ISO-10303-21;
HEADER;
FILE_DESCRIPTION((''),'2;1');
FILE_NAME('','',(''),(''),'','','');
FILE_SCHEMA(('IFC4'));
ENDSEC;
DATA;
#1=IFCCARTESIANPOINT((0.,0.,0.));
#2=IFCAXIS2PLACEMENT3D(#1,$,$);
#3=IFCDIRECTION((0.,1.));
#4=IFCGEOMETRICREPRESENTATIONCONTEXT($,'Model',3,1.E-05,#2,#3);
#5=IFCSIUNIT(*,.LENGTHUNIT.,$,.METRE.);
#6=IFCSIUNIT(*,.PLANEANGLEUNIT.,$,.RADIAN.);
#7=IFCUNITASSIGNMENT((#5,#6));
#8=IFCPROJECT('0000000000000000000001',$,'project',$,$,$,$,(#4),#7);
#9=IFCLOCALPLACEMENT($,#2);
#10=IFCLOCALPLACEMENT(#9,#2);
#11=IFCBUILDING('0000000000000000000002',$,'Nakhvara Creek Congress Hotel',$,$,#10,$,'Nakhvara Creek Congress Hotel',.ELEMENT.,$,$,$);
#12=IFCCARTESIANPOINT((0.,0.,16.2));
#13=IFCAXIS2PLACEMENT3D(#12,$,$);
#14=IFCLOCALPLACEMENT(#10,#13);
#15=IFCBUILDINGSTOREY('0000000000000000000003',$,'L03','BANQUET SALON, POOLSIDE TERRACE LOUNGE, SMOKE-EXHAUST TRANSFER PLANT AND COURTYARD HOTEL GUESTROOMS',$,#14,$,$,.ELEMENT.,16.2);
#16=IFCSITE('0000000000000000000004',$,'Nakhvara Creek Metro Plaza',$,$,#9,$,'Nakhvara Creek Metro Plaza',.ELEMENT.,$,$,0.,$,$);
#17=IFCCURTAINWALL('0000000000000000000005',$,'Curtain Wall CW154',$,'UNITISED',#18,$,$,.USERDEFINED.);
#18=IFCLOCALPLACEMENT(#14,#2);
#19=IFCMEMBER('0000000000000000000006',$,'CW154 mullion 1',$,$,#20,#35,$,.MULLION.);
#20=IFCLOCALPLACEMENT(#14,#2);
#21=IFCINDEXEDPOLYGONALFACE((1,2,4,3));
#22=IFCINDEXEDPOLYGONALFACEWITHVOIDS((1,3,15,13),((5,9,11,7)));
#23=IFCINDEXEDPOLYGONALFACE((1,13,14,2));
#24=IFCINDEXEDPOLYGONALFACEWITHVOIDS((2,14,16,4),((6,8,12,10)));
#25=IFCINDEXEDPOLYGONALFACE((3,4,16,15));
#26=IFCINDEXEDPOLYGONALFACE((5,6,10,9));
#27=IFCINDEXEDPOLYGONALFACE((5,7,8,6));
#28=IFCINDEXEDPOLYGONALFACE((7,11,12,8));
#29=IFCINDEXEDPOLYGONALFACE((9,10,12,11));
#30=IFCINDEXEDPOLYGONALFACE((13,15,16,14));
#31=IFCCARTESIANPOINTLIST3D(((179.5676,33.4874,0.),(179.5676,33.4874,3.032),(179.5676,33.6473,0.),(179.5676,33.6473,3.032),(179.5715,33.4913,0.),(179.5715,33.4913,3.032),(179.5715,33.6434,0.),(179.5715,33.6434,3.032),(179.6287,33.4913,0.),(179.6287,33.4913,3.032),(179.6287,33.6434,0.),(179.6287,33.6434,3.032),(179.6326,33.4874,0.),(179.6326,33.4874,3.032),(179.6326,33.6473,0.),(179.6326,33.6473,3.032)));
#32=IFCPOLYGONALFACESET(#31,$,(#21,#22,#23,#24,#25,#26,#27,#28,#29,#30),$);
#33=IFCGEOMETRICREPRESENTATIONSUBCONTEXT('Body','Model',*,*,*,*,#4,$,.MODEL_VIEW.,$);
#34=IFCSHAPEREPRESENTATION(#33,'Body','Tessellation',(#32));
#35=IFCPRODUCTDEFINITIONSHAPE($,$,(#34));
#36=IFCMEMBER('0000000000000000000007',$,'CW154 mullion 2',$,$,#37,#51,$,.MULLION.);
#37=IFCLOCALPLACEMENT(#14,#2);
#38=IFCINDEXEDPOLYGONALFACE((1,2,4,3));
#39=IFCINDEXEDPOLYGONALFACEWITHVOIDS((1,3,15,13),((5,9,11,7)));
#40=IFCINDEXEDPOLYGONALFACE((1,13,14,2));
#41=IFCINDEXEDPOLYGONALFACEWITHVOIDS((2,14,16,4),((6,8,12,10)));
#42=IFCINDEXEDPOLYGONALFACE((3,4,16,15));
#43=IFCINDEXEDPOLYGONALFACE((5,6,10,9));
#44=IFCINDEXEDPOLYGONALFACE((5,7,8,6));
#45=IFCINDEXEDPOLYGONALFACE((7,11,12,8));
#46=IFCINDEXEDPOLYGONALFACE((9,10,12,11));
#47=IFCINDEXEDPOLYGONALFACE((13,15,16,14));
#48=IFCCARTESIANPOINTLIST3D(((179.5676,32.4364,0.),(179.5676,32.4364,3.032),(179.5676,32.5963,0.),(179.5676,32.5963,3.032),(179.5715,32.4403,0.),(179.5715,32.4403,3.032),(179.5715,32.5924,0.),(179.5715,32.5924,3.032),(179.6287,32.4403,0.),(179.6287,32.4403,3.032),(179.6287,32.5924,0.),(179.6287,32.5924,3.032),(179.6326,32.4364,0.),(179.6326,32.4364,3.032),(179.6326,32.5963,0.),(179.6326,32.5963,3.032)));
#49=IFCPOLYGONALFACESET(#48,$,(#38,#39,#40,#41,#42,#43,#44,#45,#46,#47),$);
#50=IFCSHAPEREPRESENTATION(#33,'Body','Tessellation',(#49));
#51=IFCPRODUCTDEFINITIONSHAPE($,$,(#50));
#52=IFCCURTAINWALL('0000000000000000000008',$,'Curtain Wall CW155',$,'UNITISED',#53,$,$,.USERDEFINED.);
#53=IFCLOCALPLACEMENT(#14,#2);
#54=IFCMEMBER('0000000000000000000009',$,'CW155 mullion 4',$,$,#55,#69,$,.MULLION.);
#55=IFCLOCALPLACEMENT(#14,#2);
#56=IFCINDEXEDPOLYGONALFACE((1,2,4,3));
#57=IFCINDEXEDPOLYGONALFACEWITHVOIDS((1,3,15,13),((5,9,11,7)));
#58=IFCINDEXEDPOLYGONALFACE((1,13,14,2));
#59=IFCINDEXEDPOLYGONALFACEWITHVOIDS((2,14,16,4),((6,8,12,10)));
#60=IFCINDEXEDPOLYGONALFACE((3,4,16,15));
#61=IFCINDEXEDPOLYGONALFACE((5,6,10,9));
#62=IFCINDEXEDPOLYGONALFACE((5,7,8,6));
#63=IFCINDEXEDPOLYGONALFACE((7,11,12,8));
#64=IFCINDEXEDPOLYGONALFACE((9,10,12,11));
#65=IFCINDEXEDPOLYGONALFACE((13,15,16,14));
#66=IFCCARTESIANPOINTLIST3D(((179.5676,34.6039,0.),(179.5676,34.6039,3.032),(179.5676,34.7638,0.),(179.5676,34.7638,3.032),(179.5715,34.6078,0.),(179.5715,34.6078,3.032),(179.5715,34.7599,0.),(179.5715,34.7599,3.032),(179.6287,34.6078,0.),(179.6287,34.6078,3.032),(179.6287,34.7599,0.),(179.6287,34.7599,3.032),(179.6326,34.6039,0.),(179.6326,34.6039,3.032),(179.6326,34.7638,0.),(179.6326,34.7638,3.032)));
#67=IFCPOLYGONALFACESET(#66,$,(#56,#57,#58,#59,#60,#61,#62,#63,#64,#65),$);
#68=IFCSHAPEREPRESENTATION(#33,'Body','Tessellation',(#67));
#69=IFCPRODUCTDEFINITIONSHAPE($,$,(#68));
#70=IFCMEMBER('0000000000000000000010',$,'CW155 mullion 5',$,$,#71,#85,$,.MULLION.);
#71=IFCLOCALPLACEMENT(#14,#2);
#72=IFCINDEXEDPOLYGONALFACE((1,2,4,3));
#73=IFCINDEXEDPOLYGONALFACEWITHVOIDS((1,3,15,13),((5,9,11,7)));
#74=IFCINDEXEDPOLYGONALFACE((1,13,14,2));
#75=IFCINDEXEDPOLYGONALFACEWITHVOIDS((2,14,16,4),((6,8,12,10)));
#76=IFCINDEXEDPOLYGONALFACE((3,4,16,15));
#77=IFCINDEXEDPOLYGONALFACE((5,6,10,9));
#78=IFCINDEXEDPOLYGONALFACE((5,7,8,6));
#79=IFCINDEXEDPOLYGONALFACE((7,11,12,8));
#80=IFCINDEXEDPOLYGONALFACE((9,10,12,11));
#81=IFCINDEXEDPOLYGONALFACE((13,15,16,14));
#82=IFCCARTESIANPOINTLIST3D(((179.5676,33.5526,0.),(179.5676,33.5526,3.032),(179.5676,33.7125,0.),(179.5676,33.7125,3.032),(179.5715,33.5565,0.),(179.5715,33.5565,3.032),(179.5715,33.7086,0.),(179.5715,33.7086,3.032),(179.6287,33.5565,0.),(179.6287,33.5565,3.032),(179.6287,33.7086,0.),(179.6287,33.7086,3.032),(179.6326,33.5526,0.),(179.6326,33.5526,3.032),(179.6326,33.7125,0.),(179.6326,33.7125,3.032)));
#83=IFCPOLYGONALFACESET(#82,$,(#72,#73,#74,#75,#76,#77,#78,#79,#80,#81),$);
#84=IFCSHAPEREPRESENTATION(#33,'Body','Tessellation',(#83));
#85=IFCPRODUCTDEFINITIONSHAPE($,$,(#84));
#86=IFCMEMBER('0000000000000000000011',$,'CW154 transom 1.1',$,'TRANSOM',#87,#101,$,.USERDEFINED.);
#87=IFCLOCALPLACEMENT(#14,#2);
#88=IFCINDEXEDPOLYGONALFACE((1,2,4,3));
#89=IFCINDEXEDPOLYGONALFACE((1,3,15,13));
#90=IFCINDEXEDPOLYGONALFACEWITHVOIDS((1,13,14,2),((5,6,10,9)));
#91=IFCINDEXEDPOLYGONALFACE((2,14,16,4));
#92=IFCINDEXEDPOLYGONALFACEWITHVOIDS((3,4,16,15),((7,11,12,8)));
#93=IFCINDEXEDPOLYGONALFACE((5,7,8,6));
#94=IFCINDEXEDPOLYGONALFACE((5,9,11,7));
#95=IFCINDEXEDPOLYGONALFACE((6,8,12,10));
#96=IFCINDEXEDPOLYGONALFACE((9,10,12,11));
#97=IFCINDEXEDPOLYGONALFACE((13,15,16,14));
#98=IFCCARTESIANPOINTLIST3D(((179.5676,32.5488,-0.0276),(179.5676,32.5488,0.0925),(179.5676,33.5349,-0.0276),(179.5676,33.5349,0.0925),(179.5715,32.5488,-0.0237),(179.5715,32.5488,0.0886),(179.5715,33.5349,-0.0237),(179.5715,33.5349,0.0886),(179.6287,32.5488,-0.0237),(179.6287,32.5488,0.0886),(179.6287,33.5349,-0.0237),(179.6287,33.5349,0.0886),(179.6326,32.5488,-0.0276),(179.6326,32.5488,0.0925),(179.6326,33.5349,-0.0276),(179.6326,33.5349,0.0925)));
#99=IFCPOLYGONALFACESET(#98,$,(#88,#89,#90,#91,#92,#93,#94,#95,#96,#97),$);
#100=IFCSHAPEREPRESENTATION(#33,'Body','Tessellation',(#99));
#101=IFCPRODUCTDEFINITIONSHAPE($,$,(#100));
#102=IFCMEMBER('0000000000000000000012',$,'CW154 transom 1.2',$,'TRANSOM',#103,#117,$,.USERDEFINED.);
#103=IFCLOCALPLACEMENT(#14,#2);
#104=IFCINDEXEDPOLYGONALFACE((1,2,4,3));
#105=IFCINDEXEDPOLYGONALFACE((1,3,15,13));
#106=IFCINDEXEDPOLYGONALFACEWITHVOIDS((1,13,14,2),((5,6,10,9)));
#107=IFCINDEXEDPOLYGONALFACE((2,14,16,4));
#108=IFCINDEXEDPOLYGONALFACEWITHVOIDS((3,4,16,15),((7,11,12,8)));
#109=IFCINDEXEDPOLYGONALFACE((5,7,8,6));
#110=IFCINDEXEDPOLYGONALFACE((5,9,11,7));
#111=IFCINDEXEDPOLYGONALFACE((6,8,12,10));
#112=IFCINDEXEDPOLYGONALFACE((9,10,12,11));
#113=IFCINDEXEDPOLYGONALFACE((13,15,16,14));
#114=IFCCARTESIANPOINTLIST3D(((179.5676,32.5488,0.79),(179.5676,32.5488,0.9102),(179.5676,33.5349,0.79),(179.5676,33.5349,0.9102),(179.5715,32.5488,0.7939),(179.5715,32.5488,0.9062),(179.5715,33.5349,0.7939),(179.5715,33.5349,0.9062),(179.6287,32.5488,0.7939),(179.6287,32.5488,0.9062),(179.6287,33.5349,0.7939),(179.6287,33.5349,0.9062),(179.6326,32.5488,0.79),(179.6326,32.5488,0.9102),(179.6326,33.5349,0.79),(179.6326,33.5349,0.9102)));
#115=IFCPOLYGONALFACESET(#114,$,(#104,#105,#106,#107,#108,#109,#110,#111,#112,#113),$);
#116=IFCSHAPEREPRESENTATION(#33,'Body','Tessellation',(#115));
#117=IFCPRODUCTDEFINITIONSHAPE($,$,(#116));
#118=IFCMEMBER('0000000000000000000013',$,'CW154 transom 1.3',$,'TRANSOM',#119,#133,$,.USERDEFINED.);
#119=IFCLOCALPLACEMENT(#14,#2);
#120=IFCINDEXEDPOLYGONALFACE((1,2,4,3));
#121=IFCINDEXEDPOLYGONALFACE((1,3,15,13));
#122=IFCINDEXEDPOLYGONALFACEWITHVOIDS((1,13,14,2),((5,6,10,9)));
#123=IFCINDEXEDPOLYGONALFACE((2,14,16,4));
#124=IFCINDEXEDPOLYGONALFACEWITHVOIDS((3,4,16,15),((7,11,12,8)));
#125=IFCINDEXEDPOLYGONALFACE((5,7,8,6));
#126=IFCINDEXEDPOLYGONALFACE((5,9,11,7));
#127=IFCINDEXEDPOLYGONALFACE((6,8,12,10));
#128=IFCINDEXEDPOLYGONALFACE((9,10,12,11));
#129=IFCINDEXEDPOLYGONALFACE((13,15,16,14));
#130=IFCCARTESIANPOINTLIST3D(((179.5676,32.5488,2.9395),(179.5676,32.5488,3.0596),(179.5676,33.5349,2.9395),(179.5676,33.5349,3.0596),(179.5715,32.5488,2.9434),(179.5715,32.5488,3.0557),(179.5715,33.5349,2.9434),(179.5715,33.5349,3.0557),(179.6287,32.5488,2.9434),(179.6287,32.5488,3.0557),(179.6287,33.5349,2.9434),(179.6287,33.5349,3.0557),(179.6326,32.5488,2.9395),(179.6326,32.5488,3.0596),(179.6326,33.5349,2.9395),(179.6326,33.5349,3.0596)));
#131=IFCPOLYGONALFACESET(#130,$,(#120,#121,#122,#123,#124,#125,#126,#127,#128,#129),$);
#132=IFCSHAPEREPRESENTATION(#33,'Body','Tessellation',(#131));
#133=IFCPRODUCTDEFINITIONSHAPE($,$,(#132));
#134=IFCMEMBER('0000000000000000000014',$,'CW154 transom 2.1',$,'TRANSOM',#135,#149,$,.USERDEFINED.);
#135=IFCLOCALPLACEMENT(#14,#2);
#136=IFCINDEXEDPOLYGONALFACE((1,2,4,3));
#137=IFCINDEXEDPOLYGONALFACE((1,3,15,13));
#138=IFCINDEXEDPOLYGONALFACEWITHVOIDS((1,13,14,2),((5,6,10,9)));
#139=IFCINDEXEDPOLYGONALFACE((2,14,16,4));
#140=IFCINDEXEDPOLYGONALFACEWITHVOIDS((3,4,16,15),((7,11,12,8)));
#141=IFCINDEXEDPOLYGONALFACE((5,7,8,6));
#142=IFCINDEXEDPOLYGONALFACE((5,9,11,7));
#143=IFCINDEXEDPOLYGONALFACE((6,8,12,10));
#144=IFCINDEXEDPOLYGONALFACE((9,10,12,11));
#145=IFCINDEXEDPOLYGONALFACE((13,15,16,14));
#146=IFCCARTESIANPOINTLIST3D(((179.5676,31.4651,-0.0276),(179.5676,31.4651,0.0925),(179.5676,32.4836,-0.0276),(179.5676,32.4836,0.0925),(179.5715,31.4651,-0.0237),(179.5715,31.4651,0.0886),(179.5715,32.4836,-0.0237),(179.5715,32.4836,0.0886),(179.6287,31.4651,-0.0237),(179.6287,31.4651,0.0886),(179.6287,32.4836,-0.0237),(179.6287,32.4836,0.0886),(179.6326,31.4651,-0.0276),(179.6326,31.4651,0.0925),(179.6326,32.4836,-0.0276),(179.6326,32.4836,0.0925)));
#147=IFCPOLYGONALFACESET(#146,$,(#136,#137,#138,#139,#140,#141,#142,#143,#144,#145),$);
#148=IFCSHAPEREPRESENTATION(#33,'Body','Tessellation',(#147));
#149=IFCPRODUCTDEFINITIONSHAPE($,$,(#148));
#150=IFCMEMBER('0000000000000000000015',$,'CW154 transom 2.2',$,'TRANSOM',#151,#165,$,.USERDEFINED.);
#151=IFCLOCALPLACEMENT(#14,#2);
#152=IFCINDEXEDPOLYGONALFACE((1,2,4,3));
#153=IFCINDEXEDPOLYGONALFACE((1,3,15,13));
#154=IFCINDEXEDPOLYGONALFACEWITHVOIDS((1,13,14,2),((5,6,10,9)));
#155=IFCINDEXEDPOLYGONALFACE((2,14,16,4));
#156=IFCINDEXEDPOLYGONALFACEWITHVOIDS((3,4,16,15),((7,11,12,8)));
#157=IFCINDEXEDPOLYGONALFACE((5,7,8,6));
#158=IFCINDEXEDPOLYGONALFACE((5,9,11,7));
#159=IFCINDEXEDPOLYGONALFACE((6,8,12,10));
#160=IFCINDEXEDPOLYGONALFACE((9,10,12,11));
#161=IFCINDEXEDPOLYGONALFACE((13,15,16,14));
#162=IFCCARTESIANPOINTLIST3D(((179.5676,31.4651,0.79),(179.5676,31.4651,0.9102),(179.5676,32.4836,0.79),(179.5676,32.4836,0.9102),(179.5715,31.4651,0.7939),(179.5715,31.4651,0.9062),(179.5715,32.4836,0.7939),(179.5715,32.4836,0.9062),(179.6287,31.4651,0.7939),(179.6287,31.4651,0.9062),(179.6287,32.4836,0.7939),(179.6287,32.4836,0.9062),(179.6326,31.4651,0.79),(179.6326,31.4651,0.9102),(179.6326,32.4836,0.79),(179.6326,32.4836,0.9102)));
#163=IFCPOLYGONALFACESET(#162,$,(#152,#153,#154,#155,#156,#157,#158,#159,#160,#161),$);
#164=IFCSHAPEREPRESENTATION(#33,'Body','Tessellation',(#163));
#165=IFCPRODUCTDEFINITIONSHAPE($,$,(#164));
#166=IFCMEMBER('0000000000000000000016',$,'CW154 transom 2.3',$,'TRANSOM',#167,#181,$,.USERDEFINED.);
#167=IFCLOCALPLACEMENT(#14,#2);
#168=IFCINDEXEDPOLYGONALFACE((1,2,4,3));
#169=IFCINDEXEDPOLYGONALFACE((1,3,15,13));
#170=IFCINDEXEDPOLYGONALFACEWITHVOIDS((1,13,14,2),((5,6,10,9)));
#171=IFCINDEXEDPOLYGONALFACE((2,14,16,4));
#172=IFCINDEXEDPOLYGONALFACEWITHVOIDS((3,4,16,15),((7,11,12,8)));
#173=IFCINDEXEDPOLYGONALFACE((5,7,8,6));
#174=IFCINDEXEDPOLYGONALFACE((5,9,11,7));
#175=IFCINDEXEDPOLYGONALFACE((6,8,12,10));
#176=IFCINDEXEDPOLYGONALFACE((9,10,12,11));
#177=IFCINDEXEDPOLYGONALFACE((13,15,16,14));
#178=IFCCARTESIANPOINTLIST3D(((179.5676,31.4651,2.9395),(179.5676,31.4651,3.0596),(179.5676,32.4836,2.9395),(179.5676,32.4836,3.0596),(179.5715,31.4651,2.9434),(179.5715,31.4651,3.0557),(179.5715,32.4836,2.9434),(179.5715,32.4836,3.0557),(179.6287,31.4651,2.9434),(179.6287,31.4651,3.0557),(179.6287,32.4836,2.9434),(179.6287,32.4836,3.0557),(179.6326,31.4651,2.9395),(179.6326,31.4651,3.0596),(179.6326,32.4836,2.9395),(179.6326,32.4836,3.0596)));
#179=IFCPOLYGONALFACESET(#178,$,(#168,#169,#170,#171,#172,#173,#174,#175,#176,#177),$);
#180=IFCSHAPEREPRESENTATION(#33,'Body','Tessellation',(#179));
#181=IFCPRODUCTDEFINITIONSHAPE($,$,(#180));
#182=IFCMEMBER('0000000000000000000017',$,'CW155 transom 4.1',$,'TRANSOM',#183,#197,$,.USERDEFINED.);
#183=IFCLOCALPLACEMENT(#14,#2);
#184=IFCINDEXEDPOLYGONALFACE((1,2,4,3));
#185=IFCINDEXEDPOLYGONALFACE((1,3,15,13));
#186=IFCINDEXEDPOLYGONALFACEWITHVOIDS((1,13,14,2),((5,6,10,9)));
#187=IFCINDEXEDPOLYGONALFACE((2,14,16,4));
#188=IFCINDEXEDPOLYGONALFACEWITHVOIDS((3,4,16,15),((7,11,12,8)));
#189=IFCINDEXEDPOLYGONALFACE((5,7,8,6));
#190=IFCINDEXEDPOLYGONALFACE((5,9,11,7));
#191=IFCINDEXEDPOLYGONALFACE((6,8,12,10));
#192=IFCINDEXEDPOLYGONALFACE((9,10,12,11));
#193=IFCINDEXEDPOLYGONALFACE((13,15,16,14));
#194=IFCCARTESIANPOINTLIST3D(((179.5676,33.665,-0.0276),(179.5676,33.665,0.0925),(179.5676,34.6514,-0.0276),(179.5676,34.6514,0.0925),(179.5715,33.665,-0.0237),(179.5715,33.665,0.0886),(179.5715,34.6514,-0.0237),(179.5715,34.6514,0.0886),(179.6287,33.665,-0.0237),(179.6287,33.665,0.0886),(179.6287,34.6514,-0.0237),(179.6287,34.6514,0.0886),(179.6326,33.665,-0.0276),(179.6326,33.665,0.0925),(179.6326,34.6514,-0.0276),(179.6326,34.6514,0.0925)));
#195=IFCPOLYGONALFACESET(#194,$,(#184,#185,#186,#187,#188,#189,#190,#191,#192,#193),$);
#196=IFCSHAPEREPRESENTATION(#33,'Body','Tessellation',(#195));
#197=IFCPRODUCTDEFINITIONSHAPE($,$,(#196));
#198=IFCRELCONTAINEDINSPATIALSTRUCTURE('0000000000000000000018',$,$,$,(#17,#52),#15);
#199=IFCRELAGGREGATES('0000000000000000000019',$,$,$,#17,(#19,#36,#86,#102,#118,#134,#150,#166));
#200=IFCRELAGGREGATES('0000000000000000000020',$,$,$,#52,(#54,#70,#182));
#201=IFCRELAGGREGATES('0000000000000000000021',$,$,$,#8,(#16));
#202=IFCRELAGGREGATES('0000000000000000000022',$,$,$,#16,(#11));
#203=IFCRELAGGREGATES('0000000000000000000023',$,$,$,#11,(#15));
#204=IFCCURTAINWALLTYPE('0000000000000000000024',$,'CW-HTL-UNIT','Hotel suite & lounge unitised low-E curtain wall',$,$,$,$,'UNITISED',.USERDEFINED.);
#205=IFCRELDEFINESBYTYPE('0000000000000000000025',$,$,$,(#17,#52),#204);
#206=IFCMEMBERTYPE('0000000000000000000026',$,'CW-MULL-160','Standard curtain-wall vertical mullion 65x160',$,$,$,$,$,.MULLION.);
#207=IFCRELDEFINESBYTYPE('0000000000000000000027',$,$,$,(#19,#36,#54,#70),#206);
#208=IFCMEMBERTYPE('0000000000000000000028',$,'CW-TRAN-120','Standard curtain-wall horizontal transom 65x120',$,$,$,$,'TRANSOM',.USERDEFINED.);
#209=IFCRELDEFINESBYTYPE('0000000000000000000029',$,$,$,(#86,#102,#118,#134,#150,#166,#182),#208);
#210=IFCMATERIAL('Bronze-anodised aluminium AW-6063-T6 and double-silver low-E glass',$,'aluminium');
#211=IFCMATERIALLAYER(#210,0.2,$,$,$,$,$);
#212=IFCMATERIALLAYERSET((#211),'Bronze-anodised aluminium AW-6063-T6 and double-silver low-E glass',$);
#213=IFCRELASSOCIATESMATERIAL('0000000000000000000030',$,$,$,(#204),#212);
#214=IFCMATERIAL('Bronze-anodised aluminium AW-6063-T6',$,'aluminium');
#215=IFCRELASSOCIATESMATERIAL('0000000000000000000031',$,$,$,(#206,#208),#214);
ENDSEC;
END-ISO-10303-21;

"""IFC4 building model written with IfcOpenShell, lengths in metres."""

from ifc_helpers import new_model, si_unit, direction, frame, origin, origin_2d, place, context, subcontext, project, spatial, hollow_rectangle, extrude, material, layer, layer_set, material_profile, profile_set, type_object, element, aggregate, save


model = new_model("IFC4")

# Units and contexts
model_context = context("Model", 3, precision=1e-05, world=origin(), true_north=direction((0.0, 1.0)))
body_context = subcontext(model_context, "Body", "Model", "MODEL_VIEW")
ifc_project = project(units=[si_unit("LENGTHUNIT", "METRE"), si_unit("PLANEANGLEUNIT", "RADIAN")], contexts=[model_context])

# Site, building, storey
site_placement = place(None, origin())
site = spatial("IfcSite", under=ifc_project, at=site_placement, Name="Nakhvara Creek Metro Plaza", LongName="Nakhvara Creek Metro Plaza", CompositionType="ELEMENT", RefElevation=0.0)
building_placement = place(site_placement, origin())
building = spatial("IfcBuilding", under=site, at=building_placement, Name="Nakhvara Creek Congress Hotel", LongName="Nakhvara Creek Congress Hotel", CompositionType="ELEMENT")
storey_placement = place(building_placement, frame((0.0, 0.0, 16.2)))
storey = spatial("IfcBuildingStorey", under=building, at=storey_placement, Name="L03", Description="BANQUET SALON, POOLSIDE TERRACE LOUNGE, SMOKE-EXHAUST TRANSFER PLANT AND COURTYARD HOTEL GUESTROOMS", CompositionType="ELEMENT", Elevation=16.2)

# Curtain walls, members
ifc_material_1 = material(Name="Bronze-anodised aluminium AW-6063-T6 and double-silver low-E glass", Category="aluminium")
ifc_layer = layer(ifc_material_1, 0.2)
ifc_layer_set = layer_set([ifc_layer], Name="Bronze-anodised aluminium AW-6063-T6 and double-silver low-E glass")
curtain_wall_type = type_object("IfcCurtainWallType", Name="CW-HTL-UNIT", Description="Hotel suite & lounge unitised low-E curtain wall", ElementType="UNITISED", PredefinedType="USERDEFINED", material=ifc_layer_set)
curtain_wall_1_placement = place(storey_placement, origin())
curtain_wall_1 = element("IfcCurtainWall", 1, at=curtain_wall_1_placement, inside=storey, type_object=curtain_wall_type, Name="Curtain Wall CW154", ObjectType="UNITISED", PredefinedType="USERDEFINED")
ifc_material_2 = material(Name="Bronze-anodised aluminium AW-6063-T6", Category="aluminium")
ifc_material_profile_1 = material_profile(ifc_material_2, hollow_rectangle(XDim=0.0649, YDim=0.1599, WallThickness=0.0039, at=origin_2d()), Name="ALU-MULL 65x160x4", Category="LoadBearing")
ifc_profile_set_1 = profile_set([ifc_material_profile_1], Name="Bronze-anodised aluminium AW-6063-T6")
member_type_1 = type_object("IfcMemberType", Name="CW-MULL-160", Description="Standard curtain-wall vertical mullion 65x160", PredefinedType="MULLION", material=ifc_profile_set_1)
member_1_placement = place(storey_placement, frame((179.6001, 33.5674, 0.0), z_axis=(0.0, 0.0, 1.0), x_axis=(1.0, 0.0, 0.0)))
member_1 = element("IfcMember", 2, at=member_1_placement, type_object=member_type_1, Name="CW154 mullion 1", PredefinedType="MULLION", context=body_context, shape_type="SweptSolid", body=[
    extrude(hollow_rectangle(XDim=0.0649, YDim=0.1599, WallThickness=0.0039, at=origin_2d()), origin(), (0.0, 0.0, 1.0), 3.032),
])
member_2_placement = place(storey_placement, frame((179.6001, 32.5164, 0.0), z_axis=(0.0, 0.0, 1.0), x_axis=(1.0, 0.0, 0.0)))
member_2 = element("IfcMember", 3, at=member_2_placement, type_object=member_type_1, Name="CW154 mullion 2", PredefinedType="MULLION", context=body_context, shape_type="SweptSolid", body=[
    extrude(hollow_rectangle(XDim=0.0649, YDim=0.1599, WallThickness=0.0039, at=origin_2d()), origin(), (0.0, 0.0, 1.0), 3.032),
])
curtain_wall_2_placement = place(storey_placement, origin())
curtain_wall_2 = element("IfcCurtainWall", 4, at=curtain_wall_2_placement, inside=storey, type_object=curtain_wall_type, Name="Curtain Wall CW155", ObjectType="UNITISED", PredefinedType="USERDEFINED")
member_3_placement = place(storey_placement, frame((179.6001, 34.6838, 0.0), z_axis=(0.0, 0.0, 1.0), x_axis=(1.0, 0.0, 0.0)))
member_3 = element("IfcMember", 5, at=member_3_placement, type_object=member_type_1, Name="CW155 mullion 4", PredefinedType="MULLION", context=body_context, shape_type="SweptSolid", body=[
    extrude(hollow_rectangle(XDim=0.0649, YDim=0.1599, WallThickness=0.0039, at=origin_2d()), origin(), (0.0, 0.0, 1.0), 3.032),
])
member_4_placement = place(storey_placement, frame((179.6001, 33.6326, 0.0), z_axis=(0.0, 0.0, 1.0), x_axis=(1.0, 0.0, 0.0)))
member_4 = element("IfcMember", 6, at=member_4_placement, type_object=member_type_1, Name="CW155 mullion 5", PredefinedType="MULLION", context=body_context, shape_type="SweptSolid", body=[
    extrude(hollow_rectangle(XDim=0.0649, YDim=0.1599, WallThickness=0.0039, at=origin_2d()), origin(), (0.0, 0.0, 1.0), 3.032),
])

# Members
ifc_material_profile_2 = material_profile(ifc_material_2, hollow_rectangle(XDim=0.0649, YDim=0.1201, WallThickness=0.0039, at=origin_2d()), Name="ALU-TRAN 65x120x4", Category="LoadBearing")
ifc_profile_set_2 = profile_set([ifc_material_profile_2], Name="Bronze-anodised aluminium AW-6063-T6")
member_type_2 = type_object("IfcMemberType", Name="CW-TRAN-120", Description="Standard curtain-wall horizontal transom 65x120", ElementType="TRANSOM", PredefinedType="USERDEFINED", material=ifc_profile_set_2)
member_5_placement = place(storey_placement, frame((179.6001, 33.5349, 0.0325), z_axis=(0.0, -1.0, 0.0), x_axis=(1.0, 0.0, 0.0)))
member_5 = element("IfcMember", 7, at=member_5_placement, type_object=member_type_2, Name="CW154 transom 1.1", ObjectType="TRANSOM", PredefinedType="USERDEFINED", context=body_context, shape_type="SweptSolid", body=[
    extrude(hollow_rectangle(XDim=0.0649, YDim=0.1201, WallThickness=0.0039, at=origin_2d()), origin(), (0.0, 0.0, 1.0), 0.9861),
])
member_6_placement = place(storey_placement, frame((179.6001, 33.5349, 0.8501), z_axis=(0.0, -1.0, 0.0), x_axis=(1.0, 0.0, 0.0)))
member_6 = element("IfcMember", 8, at=member_6_placement, type_object=member_type_2, Name="CW154 transom 1.2", ObjectType="TRANSOM", PredefinedType="USERDEFINED", context=body_context, shape_type="SweptSolid", body=[
    extrude(hollow_rectangle(XDim=0.0649, YDim=0.1201, WallThickness=0.0039, at=origin_2d()), origin(), (0.0, 0.0, 1.0), 0.9861),
])
member_7_placement = place(storey_placement, frame((179.6001, 33.5349, 2.9995), z_axis=(0.0, -1.0, 0.0), x_axis=(1.0, 0.0, 0.0)))
member_7 = element("IfcMember", 9, at=member_7_placement, type_object=member_type_2, Name="CW154 transom 1.3", ObjectType="TRANSOM", PredefinedType="USERDEFINED", context=body_context, shape_type="SweptSolid", body=[
    extrude(hollow_rectangle(XDim=0.0649, YDim=0.1201, WallThickness=0.0039, at=origin_2d()), origin(), (0.0, 0.0, 1.0), 0.9861),
])
member_8_placement = place(storey_placement, frame((179.6001, 32.4836, 0.0325), z_axis=(0.0, -1.0, 0.0), x_axis=(1.0, 0.0, 0.0)))
member_8 = element("IfcMember", 10, at=member_8_placement, type_object=member_type_2, Name="CW154 transom 2.1", ObjectType="TRANSOM", PredefinedType="USERDEFINED", context=body_context, shape_type="SweptSolid", body=[
    extrude(hollow_rectangle(XDim=0.0649, YDim=0.1201, WallThickness=0.0039, at=origin_2d()), origin(), (0.0, 0.0, 1.0), 1.0186),
])
member_9_placement = place(storey_placement, frame((179.6001, 32.4836, 0.8501), z_axis=(0.0, -1.0, 0.0), x_axis=(1.0, 0.0, 0.0)))
member_9 = element("IfcMember", 11, at=member_9_placement, type_object=member_type_2, Name="CW154 transom 2.2", ObjectType="TRANSOM", PredefinedType="USERDEFINED", context=body_context, shape_type="SweptSolid", body=[
    extrude(hollow_rectangle(XDim=0.0649, YDim=0.1201, WallThickness=0.0039, at=origin_2d()), origin(), (0.0, 0.0, 1.0), 1.0186),
])
member_10_placement = place(storey_placement, frame((179.6001, 32.4836, 2.9995), z_axis=(0.0, -1.0, 0.0), x_axis=(1.0, 0.0, 0.0)))
member_10 = element("IfcMember", 12, at=member_10_placement, type_object=member_type_2, Name="CW154 transom 2.3", ObjectType="TRANSOM", PredefinedType="USERDEFINED", context=body_context, shape_type="SweptSolid", body=[
    extrude(hollow_rectangle(XDim=0.0649, YDim=0.1201, WallThickness=0.0039, at=origin_2d()), origin(), (0.0, 0.0, 1.0), 1.0186),
])
member_11_placement = place(storey_placement, frame((179.6001, 34.6514, 0.0325), z_axis=(0.0, -1.0, 0.0), x_axis=(1.0, 0.0, 0.0)))
member_11 = element("IfcMember", 13, at=member_11_placement, type_object=member_type_2, Name="CW155 transom 4.1", ObjectType="TRANSOM", PredefinedType="USERDEFINED", context=body_context, shape_type="SweptSolid", body=[
    extrude(hollow_rectangle(XDim=0.0649, YDim=0.1201, WallThickness=0.0039, at=origin_2d()), origin(), (0.0, 0.0, 1.0), 0.9863),
])

aggregate(curtain_wall_1, [member_1, member_2, member_5, member_6, member_7, member_8, member_9, member_10])
aggregate(curtain_wall_2, [member_3, member_4, member_11])

save(model, "model.ifc")
